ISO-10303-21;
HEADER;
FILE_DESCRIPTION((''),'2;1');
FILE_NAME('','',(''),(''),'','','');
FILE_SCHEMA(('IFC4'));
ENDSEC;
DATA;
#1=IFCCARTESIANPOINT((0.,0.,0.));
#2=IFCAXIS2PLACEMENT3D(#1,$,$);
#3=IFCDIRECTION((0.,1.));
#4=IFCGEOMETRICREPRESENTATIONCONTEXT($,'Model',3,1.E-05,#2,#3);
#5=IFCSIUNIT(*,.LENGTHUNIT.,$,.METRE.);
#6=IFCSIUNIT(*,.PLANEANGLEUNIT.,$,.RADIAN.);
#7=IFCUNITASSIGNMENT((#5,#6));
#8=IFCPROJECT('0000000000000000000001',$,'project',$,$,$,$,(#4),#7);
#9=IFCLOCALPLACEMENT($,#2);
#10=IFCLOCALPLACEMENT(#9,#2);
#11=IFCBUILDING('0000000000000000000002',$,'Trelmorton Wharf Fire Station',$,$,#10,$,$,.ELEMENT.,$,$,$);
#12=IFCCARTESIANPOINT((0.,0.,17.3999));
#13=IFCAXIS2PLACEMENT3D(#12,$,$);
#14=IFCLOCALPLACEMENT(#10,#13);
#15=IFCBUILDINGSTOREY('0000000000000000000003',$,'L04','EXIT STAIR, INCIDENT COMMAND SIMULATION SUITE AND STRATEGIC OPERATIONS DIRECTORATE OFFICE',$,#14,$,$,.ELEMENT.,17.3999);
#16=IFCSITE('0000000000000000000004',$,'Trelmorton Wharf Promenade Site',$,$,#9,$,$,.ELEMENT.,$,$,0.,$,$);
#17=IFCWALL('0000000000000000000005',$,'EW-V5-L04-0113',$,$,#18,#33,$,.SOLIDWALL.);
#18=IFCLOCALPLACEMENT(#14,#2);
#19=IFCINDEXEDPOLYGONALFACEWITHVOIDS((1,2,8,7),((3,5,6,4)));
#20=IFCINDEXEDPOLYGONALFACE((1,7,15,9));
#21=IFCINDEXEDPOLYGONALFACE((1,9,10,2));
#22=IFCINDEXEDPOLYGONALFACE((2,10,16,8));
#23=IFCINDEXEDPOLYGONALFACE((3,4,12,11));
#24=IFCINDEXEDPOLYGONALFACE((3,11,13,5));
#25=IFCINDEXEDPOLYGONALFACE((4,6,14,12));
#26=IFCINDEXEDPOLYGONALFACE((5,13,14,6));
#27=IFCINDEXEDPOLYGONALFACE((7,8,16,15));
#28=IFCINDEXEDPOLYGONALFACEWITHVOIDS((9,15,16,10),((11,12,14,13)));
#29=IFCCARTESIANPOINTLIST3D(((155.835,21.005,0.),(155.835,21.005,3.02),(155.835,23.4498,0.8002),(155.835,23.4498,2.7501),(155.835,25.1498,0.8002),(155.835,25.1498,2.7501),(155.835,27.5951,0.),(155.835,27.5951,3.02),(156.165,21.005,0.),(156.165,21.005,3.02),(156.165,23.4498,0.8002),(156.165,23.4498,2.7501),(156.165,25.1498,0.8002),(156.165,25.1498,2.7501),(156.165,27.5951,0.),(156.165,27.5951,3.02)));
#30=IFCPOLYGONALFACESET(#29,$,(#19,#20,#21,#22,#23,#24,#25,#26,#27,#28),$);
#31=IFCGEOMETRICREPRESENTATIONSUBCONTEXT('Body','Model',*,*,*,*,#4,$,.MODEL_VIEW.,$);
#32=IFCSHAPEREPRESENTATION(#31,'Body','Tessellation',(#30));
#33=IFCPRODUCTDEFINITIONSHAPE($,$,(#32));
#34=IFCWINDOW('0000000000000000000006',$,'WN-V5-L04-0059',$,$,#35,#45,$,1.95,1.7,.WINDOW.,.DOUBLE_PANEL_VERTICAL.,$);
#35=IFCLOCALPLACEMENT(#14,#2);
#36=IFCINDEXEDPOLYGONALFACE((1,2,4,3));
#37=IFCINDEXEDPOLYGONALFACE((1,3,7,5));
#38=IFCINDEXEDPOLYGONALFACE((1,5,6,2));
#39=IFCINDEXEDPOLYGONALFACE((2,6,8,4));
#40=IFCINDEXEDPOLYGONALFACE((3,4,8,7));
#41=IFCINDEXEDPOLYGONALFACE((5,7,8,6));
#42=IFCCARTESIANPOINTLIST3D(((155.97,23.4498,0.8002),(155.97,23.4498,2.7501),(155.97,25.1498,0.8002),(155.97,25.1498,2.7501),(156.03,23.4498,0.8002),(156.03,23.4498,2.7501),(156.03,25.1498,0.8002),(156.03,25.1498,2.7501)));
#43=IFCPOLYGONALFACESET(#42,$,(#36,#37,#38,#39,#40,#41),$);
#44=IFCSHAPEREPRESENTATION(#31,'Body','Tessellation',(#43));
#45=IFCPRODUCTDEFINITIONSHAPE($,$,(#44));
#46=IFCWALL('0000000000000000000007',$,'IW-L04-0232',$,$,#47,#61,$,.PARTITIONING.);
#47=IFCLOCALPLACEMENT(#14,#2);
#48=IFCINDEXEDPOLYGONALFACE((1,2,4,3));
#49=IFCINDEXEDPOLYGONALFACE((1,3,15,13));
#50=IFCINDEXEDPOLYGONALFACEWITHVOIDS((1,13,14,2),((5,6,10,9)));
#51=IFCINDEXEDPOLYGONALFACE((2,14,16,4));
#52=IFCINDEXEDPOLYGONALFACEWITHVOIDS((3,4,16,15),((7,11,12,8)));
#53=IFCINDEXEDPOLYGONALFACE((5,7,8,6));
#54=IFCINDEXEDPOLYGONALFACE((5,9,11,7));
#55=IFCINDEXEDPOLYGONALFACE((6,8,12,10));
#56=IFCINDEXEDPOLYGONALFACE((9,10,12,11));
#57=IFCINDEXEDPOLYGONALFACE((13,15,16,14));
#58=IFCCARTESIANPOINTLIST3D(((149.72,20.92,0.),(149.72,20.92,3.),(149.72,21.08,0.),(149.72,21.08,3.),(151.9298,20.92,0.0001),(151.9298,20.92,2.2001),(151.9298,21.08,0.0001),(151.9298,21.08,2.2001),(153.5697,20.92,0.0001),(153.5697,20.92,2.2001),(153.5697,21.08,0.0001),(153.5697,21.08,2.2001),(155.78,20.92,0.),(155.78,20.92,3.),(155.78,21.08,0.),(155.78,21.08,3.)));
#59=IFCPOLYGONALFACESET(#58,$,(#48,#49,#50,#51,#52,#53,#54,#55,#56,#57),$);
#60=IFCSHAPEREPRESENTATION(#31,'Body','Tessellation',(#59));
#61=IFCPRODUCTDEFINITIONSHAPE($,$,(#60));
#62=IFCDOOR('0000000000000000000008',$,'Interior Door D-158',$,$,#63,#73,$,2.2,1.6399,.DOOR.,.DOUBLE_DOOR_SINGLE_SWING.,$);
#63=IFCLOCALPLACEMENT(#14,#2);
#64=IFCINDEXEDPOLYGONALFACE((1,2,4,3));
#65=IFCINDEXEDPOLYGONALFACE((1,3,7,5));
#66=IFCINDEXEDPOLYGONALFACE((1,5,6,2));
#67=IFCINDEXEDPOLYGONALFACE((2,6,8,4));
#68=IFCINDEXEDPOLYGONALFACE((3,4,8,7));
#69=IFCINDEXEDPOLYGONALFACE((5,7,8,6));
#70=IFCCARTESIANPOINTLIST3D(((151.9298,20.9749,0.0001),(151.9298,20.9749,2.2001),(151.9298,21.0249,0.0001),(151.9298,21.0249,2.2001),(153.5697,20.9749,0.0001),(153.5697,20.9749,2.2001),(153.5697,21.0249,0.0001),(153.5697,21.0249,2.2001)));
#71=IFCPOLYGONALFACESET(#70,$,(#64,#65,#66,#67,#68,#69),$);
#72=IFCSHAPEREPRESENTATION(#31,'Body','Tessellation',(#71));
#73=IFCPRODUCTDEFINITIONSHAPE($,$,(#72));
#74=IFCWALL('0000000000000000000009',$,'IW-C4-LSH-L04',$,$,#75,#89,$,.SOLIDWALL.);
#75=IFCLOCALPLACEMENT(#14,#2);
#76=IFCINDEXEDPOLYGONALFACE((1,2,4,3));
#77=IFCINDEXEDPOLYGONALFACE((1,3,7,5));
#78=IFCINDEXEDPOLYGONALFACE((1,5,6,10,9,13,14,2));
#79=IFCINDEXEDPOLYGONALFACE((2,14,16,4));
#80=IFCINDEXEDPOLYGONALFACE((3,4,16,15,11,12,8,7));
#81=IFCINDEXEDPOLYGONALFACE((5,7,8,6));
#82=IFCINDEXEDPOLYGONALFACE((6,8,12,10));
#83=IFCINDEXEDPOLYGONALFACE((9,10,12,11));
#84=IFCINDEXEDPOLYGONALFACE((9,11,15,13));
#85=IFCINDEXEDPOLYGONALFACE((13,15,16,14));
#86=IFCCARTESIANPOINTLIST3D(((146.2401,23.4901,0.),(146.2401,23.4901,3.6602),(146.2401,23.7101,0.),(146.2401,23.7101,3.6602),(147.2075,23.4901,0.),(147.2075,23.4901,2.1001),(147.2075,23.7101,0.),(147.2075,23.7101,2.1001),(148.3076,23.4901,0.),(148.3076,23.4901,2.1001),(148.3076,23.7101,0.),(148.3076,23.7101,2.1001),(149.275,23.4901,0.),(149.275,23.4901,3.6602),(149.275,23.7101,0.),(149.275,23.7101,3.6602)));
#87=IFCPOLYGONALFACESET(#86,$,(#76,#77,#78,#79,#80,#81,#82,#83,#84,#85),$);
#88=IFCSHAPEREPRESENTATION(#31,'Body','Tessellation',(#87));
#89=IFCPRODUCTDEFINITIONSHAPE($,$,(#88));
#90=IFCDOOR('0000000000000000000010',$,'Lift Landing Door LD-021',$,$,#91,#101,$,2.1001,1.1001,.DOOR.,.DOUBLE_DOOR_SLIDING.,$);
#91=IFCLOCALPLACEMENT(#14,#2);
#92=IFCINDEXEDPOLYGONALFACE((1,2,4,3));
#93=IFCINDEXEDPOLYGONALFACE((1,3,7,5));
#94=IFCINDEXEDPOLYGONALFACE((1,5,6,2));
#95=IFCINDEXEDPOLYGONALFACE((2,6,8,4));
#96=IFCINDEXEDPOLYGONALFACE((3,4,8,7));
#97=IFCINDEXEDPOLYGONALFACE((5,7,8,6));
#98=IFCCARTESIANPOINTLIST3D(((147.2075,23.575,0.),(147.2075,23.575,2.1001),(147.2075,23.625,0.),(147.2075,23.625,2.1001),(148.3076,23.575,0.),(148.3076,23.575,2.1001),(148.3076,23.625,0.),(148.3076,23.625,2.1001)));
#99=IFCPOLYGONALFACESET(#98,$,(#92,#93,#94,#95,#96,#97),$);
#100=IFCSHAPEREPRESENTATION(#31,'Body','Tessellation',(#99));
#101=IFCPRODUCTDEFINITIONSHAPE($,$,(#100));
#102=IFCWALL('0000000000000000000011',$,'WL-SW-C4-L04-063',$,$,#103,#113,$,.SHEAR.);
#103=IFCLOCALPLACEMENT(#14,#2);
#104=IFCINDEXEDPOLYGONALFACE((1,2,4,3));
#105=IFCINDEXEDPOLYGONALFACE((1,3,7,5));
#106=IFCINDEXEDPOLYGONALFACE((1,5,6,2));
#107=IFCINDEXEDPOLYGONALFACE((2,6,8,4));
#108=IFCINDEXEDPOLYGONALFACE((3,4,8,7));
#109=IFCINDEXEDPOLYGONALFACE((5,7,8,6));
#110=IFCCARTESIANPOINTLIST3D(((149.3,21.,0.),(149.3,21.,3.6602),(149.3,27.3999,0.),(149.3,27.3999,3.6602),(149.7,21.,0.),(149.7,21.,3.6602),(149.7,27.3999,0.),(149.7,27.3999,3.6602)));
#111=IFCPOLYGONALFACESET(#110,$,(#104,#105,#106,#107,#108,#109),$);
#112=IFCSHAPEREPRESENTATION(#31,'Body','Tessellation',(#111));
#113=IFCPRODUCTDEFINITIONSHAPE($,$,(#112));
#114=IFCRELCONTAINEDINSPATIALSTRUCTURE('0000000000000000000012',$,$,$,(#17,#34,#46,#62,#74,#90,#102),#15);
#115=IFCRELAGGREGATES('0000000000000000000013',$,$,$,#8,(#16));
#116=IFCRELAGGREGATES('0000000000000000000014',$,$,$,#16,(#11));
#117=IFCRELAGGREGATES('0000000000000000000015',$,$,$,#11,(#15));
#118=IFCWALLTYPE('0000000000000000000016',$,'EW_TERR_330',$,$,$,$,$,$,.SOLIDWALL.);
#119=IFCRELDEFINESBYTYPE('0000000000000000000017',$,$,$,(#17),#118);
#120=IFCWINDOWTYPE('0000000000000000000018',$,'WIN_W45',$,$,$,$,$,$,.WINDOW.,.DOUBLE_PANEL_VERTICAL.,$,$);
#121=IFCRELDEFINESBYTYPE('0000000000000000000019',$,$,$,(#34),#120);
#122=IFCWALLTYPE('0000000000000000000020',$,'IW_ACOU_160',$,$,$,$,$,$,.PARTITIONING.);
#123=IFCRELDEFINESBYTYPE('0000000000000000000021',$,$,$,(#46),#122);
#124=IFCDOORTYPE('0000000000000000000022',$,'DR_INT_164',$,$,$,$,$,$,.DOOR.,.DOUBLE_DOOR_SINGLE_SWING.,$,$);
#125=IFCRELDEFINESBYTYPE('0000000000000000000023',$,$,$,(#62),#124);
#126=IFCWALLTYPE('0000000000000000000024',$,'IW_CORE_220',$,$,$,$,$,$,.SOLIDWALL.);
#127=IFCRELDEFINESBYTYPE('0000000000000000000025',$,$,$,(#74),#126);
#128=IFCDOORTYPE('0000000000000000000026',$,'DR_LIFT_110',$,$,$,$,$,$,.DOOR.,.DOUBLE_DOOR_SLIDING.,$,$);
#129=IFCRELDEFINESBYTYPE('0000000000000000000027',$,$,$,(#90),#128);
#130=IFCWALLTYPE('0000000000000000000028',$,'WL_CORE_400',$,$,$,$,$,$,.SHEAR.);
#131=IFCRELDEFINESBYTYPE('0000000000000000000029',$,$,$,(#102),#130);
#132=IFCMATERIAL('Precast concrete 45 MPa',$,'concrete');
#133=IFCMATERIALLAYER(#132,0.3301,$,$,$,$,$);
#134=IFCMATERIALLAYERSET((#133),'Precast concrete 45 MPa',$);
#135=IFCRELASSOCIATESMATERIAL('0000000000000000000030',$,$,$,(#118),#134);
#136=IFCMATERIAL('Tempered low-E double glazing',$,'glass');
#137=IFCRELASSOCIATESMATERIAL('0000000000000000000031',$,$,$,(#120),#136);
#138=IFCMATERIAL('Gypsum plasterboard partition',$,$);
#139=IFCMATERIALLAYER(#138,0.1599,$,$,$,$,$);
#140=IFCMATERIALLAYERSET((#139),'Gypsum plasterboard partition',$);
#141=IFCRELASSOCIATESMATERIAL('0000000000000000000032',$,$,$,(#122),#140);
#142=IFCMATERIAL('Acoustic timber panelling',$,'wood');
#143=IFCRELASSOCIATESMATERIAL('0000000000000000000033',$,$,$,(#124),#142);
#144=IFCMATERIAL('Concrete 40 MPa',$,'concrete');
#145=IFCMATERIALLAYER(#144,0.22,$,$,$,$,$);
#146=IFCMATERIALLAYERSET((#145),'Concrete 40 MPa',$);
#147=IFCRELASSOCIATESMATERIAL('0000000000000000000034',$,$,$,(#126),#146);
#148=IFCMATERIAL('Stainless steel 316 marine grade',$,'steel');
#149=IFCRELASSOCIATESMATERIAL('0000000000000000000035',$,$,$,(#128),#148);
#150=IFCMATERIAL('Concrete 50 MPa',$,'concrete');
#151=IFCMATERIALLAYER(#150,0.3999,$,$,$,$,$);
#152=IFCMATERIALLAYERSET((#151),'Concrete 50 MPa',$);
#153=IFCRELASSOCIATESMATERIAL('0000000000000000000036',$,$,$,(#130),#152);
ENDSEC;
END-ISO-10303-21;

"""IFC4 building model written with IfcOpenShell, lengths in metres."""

from ifc_helpers import new_model, si_unit, direction, frame, frame_2d, origin, place, context, subcontext, project, spatial, rectangle, extrude, material, layer, layer_set, type_object, element, fill, save


model = new_model("IFC4")

# Units and contexts
model_context = context("Model", 3, precision=1e-05, world=origin(), true_north=direction((0.0, 1.0)))
body_context = subcontext(model_context, "Body", "Model", "MODEL_VIEW")
ifc_project = project(units=[si_unit("LENGTHUNIT", "METRE"), si_unit("PLANEANGLEUNIT", "RADIAN")], contexts=[model_context])

# Site, building, storey
site_placement = place(None, origin())
site = spatial("IfcSite", under=ifc_project, at=site_placement, Name="Trelmorton Wharf Promenade Site", CompositionType="ELEMENT", RefElevation=0.0)
building_placement = place(site_placement, origin())
building = spatial("IfcBuilding", under=site, at=building_placement, Name="Trelmorton Wharf Fire Station", CompositionType="ELEMENT")
storey_placement = place(building_placement, frame((0.0, 0.0, 17.3999)))
storey = spatial("IfcBuildingStorey", under=building, at=storey_placement, Name="L04", Description="EXIT STAIR, INCIDENT COMMAND SIMULATION SUITE AND STRATEGIC OPERATIONS DIRECTORATE OFFICE", CompositionType="ELEMENT", Elevation=17.3999)

# Shared definitions
ifc_material_1 = material(Name="Precast concrete 45 MPa", Category="concrete")

# Wall, opening, window
ifc_layer_1 = layer(ifc_material_1, 0.3301)
ifc_layer_set_1 = layer_set([ifc_layer_1], Name="Precast concrete 45 MPa")
wall_type_1 = type_object("IfcWallType", Name="EW_TERR_330", PredefinedType="SOLIDWALL", material=ifc_layer_set_1)
wall_1_placement = place(storey_placement, frame((156.0, 27.595, 0.0), z_axis=(0.0, 0.0, 1.0), x_axis=(0.0, -1.0, 0.0)))
wall_1 = element("IfcWall", 1, at=wall_1_placement, inside=storey, type_object=wall_type_1, Name="EW-V5-L04-0113", PredefinedType="SOLIDWALL", context=body_context, shape_type="SweptSolid", body=[
    extrude(rectangle(XDim=6.5901, YDim=0.3301, at=frame_2d((3.2949, 0.0))), origin(), (0.0, 0.0, 1.0), 3.02),
])
opening_1_placement = place(wall_1_placement, frame((2.4451, 0.0, 0.8)))
opening_1 = element("IfcOpeningElement", 2, at=opening_1_placement, cuts=wall_1, PredefinedType="OPENING", context=body_context, shape_type="SweptSolid", body=[
    extrude(rectangle(XDim=1.7, YDim=1.95, at=frame_2d((0.8501, 0.9751))), frame((0.0, 0.175, 0.0), z_axis=(0.0, -1.0, 0.0), x_axis=(1.0, 0.0, 0.0)), (0.0, 0.0, 1.0), 0.3501),
])
ifc_material_2 = material(Name="Tempered low-E double glazing", Category="glass")
window_type = type_object("IfcWindowType", Name="WIN_W45", PartitioningType="DOUBLE_PANEL_VERTICAL", PredefinedType="WINDOW", material=ifc_material_2)
window_placement = place(opening_1_placement, origin())
window = element("IfcWindow", 3, at=window_placement, inside=storey, type_object=window_type, Name="WN-V5-L04-0059", OverallHeight=1.95, OverallWidth=1.7, PartitioningType="DOUBLE_PANEL_VERTICAL", PredefinedType="WINDOW", context=body_context, shape_type="SweptSolid", body=[
    extrude(rectangle(XDim=1.7, YDim=1.95, at=frame_2d((0.8501, 0.9751))), frame((0.0, 0.03, 0.0), z_axis=(0.0, -1.0, 0.0), x_axis=(1.0, 0.0, 0.0)), (0.0, 0.0, 1.0), 0.0601),
])
fill(opening_1, window)

# Walls, openings, doors
ifc_material_3 = material(Name="Gypsum plasterboard partition")
ifc_layer_2 = layer(ifc_material_3, 0.1599)
ifc_layer_set_2 = layer_set([ifc_layer_2], Name="Gypsum plasterboard partition")
wall_type_2 = type_object("IfcWallType", Name="IW_ACOU_160", PredefinedType="PARTITIONING", material=ifc_layer_set_2)
wall_2_placement = place(storey_placement, frame((149.72, 21.0, 0.0), z_axis=(0.0, 0.0, 1.0), x_axis=(1.0, 0.0, 0.0)))
wall_2 = element("IfcWall", 4, at=wall_2_placement, inside=storey, type_object=wall_type_2, Name="IW-L04-0232", PredefinedType="PARTITIONING", context=body_context, shape_type="SweptSolid", body=[
    extrude(rectangle(XDim=6.0601, YDim=0.1599, at=frame_2d((3.03, 0.0))), origin(), (0.0, 0.0, 1.0), 3.0),
])
opening_2_placement = place(wall_2_placement, frame((2.21, 0.0, 0.0)))
opening_2 = element("IfcOpeningElement", 5, at=opening_2_placement, cuts=wall_2, PredefinedType="OPENING", context=body_context, shape_type="SweptSolid", body=[
    extrude(rectangle(XDim=1.6399, YDim=2.2, at=frame_2d((0.8198, 1.1001))), frame((0.0, 0.0898, 0.0), z_axis=(0.0, -1.0, 0.0), x_axis=(1.0, 0.0, 0.0)), (0.0, 0.0, 1.0), 0.1799),
])
ifc_material_4 = material(Name="Acoustic timber panelling", Category="wood")
door_type_1 = type_object("IfcDoorType", Name="DR_INT_164", OperationType="DOUBLE_DOOR_SINGLE_SWING", PredefinedType="DOOR", material=ifc_material_4)
door_1_placement = place(opening_2_placement, origin())
door_1 = element("IfcDoor", 6, at=door_1_placement, inside=storey, type_object=door_type_1, Name="Interior Door D-158", OperationType="DOUBLE_DOOR_SINGLE_SWING", OverallHeight=2.2, OverallWidth=1.6399, PredefinedType="DOOR", context=body_context, shape_type="SweptSolid", body=[
    extrude(rectangle(XDim=1.6399, YDim=2.2, at=frame_2d((0.8198, 1.1001))), frame((0.0, 0.0249, 0.0), z_axis=(0.0, -1.0, 0.0), x_axis=(1.0, 0.0, 0.0)), (0.0, 0.0, 1.0), 0.05),
])
fill(opening_2, door_1)
ifc_material_5 = material(Name="Concrete 40 MPa", Category="concrete")
ifc_layer_3 = layer(ifc_material_5, 0.22)
ifc_layer_set_3 = layer_set([ifc_layer_3], Name="Concrete 40 MPa")
wall_type_3 = type_object("IfcWallType", Name="IW_CORE_220", PredefinedType="SOLIDWALL", material=ifc_layer_set_3)
wall_3_placement = place(storey_placement, frame((146.24, 23.6001, 0.0), z_axis=(0.0, 0.0, 1.0), x_axis=(1.0, 0.0, 0.0)))
wall_3 = element("IfcWall", 7, at=wall_3_placement, inside=storey, type_object=wall_type_3, Name="IW-C4-LSH-L04", PredefinedType="SOLIDWALL", context=body_context, shape_type="SweptSolid", body=[
    extrude(rectangle(XDim=3.0349, YDim=0.22, at=frame_2d((1.5176, 0.0))), origin(), (0.0, 0.0, 1.0), 3.6602),
])
opening_3_placement = place(wall_3_placement, frame((0.9675, 0.0, 0.0)))
opening_3 = element("IfcOpeningElement", 8, at=opening_3_placement, cuts=wall_3, PredefinedType="OPENING", context=body_context, shape_type="SweptSolid", body=[
    extrude(rectangle(XDim=1.1001, YDim=2.1001, at=frame_2d((0.55, 1.05))), frame((0.0, 0.1201, 0.0), z_axis=(0.0, -1.0, 0.0), x_axis=(1.0, 0.0, 0.0)), (0.0, 0.0, 1.0), 0.24),
])
ifc_material_6 = material(Name="Stainless steel 316 marine grade", Category="steel")
door_type_2 = type_object("IfcDoorType", Name="DR_LIFT_110", OperationType="DOUBLE_DOOR_SLIDING", PredefinedType="DOOR", material=ifc_material_6)
door_2_placement = place(opening_3_placement, origin())
door_2 = element("IfcDoor", 9, at=door_2_placement, inside=storey, type_object=door_type_2, Name="Lift Landing Door LD-021", OperationType="DOUBLE_DOOR_SLIDING", OverallHeight=2.1001, OverallWidth=1.1001, PredefinedType="DOOR", context=body_context, shape_type="SweptSolid", body=[
    extrude(rectangle(XDim=1.1001, YDim=2.1001, at=frame_2d((0.55, 1.05))), frame((0.0, 0.0249, 0.0), z_axis=(0.0, -1.0, 0.0), x_axis=(1.0, 0.0, 0.0)), (0.0, 0.0, 1.0), 0.05),
])
fill(opening_3, door_2)

# Wall
ifc_material_7 = material(Name="Concrete 50 MPa", Category="concrete")
ifc_layer_4 = layer(ifc_material_7, 0.3999)
ifc_layer_set_4 = layer_set([ifc_layer_4], Name="Concrete 50 MPa")
wall_type_4 = type_object("IfcWallType", Name="WL_CORE_400", PredefinedType="SHEAR", material=ifc_layer_set_4)
wall_4_placement = place(storey_placement, frame((149.5, 21.0, 0.0), z_axis=(0.0, 0.0, 1.0), x_axis=(0.0, 1.0, 0.0)))
element("IfcWall", 10, at=wall_4_placement, inside=storey, type_object=wall_type_4, Name="WL-SW-C4-L04-063", PredefinedType="SHEAR", context=body_context, shape_type="SweptSolid", body=[
    extrude(rectangle(XDim=6.3999, YDim=0.3999, at=frame_2d((3.2, 0.0))), origin(), (0.0, 0.0, 1.0), 3.6602),
])

save(model, "model.ifc")
